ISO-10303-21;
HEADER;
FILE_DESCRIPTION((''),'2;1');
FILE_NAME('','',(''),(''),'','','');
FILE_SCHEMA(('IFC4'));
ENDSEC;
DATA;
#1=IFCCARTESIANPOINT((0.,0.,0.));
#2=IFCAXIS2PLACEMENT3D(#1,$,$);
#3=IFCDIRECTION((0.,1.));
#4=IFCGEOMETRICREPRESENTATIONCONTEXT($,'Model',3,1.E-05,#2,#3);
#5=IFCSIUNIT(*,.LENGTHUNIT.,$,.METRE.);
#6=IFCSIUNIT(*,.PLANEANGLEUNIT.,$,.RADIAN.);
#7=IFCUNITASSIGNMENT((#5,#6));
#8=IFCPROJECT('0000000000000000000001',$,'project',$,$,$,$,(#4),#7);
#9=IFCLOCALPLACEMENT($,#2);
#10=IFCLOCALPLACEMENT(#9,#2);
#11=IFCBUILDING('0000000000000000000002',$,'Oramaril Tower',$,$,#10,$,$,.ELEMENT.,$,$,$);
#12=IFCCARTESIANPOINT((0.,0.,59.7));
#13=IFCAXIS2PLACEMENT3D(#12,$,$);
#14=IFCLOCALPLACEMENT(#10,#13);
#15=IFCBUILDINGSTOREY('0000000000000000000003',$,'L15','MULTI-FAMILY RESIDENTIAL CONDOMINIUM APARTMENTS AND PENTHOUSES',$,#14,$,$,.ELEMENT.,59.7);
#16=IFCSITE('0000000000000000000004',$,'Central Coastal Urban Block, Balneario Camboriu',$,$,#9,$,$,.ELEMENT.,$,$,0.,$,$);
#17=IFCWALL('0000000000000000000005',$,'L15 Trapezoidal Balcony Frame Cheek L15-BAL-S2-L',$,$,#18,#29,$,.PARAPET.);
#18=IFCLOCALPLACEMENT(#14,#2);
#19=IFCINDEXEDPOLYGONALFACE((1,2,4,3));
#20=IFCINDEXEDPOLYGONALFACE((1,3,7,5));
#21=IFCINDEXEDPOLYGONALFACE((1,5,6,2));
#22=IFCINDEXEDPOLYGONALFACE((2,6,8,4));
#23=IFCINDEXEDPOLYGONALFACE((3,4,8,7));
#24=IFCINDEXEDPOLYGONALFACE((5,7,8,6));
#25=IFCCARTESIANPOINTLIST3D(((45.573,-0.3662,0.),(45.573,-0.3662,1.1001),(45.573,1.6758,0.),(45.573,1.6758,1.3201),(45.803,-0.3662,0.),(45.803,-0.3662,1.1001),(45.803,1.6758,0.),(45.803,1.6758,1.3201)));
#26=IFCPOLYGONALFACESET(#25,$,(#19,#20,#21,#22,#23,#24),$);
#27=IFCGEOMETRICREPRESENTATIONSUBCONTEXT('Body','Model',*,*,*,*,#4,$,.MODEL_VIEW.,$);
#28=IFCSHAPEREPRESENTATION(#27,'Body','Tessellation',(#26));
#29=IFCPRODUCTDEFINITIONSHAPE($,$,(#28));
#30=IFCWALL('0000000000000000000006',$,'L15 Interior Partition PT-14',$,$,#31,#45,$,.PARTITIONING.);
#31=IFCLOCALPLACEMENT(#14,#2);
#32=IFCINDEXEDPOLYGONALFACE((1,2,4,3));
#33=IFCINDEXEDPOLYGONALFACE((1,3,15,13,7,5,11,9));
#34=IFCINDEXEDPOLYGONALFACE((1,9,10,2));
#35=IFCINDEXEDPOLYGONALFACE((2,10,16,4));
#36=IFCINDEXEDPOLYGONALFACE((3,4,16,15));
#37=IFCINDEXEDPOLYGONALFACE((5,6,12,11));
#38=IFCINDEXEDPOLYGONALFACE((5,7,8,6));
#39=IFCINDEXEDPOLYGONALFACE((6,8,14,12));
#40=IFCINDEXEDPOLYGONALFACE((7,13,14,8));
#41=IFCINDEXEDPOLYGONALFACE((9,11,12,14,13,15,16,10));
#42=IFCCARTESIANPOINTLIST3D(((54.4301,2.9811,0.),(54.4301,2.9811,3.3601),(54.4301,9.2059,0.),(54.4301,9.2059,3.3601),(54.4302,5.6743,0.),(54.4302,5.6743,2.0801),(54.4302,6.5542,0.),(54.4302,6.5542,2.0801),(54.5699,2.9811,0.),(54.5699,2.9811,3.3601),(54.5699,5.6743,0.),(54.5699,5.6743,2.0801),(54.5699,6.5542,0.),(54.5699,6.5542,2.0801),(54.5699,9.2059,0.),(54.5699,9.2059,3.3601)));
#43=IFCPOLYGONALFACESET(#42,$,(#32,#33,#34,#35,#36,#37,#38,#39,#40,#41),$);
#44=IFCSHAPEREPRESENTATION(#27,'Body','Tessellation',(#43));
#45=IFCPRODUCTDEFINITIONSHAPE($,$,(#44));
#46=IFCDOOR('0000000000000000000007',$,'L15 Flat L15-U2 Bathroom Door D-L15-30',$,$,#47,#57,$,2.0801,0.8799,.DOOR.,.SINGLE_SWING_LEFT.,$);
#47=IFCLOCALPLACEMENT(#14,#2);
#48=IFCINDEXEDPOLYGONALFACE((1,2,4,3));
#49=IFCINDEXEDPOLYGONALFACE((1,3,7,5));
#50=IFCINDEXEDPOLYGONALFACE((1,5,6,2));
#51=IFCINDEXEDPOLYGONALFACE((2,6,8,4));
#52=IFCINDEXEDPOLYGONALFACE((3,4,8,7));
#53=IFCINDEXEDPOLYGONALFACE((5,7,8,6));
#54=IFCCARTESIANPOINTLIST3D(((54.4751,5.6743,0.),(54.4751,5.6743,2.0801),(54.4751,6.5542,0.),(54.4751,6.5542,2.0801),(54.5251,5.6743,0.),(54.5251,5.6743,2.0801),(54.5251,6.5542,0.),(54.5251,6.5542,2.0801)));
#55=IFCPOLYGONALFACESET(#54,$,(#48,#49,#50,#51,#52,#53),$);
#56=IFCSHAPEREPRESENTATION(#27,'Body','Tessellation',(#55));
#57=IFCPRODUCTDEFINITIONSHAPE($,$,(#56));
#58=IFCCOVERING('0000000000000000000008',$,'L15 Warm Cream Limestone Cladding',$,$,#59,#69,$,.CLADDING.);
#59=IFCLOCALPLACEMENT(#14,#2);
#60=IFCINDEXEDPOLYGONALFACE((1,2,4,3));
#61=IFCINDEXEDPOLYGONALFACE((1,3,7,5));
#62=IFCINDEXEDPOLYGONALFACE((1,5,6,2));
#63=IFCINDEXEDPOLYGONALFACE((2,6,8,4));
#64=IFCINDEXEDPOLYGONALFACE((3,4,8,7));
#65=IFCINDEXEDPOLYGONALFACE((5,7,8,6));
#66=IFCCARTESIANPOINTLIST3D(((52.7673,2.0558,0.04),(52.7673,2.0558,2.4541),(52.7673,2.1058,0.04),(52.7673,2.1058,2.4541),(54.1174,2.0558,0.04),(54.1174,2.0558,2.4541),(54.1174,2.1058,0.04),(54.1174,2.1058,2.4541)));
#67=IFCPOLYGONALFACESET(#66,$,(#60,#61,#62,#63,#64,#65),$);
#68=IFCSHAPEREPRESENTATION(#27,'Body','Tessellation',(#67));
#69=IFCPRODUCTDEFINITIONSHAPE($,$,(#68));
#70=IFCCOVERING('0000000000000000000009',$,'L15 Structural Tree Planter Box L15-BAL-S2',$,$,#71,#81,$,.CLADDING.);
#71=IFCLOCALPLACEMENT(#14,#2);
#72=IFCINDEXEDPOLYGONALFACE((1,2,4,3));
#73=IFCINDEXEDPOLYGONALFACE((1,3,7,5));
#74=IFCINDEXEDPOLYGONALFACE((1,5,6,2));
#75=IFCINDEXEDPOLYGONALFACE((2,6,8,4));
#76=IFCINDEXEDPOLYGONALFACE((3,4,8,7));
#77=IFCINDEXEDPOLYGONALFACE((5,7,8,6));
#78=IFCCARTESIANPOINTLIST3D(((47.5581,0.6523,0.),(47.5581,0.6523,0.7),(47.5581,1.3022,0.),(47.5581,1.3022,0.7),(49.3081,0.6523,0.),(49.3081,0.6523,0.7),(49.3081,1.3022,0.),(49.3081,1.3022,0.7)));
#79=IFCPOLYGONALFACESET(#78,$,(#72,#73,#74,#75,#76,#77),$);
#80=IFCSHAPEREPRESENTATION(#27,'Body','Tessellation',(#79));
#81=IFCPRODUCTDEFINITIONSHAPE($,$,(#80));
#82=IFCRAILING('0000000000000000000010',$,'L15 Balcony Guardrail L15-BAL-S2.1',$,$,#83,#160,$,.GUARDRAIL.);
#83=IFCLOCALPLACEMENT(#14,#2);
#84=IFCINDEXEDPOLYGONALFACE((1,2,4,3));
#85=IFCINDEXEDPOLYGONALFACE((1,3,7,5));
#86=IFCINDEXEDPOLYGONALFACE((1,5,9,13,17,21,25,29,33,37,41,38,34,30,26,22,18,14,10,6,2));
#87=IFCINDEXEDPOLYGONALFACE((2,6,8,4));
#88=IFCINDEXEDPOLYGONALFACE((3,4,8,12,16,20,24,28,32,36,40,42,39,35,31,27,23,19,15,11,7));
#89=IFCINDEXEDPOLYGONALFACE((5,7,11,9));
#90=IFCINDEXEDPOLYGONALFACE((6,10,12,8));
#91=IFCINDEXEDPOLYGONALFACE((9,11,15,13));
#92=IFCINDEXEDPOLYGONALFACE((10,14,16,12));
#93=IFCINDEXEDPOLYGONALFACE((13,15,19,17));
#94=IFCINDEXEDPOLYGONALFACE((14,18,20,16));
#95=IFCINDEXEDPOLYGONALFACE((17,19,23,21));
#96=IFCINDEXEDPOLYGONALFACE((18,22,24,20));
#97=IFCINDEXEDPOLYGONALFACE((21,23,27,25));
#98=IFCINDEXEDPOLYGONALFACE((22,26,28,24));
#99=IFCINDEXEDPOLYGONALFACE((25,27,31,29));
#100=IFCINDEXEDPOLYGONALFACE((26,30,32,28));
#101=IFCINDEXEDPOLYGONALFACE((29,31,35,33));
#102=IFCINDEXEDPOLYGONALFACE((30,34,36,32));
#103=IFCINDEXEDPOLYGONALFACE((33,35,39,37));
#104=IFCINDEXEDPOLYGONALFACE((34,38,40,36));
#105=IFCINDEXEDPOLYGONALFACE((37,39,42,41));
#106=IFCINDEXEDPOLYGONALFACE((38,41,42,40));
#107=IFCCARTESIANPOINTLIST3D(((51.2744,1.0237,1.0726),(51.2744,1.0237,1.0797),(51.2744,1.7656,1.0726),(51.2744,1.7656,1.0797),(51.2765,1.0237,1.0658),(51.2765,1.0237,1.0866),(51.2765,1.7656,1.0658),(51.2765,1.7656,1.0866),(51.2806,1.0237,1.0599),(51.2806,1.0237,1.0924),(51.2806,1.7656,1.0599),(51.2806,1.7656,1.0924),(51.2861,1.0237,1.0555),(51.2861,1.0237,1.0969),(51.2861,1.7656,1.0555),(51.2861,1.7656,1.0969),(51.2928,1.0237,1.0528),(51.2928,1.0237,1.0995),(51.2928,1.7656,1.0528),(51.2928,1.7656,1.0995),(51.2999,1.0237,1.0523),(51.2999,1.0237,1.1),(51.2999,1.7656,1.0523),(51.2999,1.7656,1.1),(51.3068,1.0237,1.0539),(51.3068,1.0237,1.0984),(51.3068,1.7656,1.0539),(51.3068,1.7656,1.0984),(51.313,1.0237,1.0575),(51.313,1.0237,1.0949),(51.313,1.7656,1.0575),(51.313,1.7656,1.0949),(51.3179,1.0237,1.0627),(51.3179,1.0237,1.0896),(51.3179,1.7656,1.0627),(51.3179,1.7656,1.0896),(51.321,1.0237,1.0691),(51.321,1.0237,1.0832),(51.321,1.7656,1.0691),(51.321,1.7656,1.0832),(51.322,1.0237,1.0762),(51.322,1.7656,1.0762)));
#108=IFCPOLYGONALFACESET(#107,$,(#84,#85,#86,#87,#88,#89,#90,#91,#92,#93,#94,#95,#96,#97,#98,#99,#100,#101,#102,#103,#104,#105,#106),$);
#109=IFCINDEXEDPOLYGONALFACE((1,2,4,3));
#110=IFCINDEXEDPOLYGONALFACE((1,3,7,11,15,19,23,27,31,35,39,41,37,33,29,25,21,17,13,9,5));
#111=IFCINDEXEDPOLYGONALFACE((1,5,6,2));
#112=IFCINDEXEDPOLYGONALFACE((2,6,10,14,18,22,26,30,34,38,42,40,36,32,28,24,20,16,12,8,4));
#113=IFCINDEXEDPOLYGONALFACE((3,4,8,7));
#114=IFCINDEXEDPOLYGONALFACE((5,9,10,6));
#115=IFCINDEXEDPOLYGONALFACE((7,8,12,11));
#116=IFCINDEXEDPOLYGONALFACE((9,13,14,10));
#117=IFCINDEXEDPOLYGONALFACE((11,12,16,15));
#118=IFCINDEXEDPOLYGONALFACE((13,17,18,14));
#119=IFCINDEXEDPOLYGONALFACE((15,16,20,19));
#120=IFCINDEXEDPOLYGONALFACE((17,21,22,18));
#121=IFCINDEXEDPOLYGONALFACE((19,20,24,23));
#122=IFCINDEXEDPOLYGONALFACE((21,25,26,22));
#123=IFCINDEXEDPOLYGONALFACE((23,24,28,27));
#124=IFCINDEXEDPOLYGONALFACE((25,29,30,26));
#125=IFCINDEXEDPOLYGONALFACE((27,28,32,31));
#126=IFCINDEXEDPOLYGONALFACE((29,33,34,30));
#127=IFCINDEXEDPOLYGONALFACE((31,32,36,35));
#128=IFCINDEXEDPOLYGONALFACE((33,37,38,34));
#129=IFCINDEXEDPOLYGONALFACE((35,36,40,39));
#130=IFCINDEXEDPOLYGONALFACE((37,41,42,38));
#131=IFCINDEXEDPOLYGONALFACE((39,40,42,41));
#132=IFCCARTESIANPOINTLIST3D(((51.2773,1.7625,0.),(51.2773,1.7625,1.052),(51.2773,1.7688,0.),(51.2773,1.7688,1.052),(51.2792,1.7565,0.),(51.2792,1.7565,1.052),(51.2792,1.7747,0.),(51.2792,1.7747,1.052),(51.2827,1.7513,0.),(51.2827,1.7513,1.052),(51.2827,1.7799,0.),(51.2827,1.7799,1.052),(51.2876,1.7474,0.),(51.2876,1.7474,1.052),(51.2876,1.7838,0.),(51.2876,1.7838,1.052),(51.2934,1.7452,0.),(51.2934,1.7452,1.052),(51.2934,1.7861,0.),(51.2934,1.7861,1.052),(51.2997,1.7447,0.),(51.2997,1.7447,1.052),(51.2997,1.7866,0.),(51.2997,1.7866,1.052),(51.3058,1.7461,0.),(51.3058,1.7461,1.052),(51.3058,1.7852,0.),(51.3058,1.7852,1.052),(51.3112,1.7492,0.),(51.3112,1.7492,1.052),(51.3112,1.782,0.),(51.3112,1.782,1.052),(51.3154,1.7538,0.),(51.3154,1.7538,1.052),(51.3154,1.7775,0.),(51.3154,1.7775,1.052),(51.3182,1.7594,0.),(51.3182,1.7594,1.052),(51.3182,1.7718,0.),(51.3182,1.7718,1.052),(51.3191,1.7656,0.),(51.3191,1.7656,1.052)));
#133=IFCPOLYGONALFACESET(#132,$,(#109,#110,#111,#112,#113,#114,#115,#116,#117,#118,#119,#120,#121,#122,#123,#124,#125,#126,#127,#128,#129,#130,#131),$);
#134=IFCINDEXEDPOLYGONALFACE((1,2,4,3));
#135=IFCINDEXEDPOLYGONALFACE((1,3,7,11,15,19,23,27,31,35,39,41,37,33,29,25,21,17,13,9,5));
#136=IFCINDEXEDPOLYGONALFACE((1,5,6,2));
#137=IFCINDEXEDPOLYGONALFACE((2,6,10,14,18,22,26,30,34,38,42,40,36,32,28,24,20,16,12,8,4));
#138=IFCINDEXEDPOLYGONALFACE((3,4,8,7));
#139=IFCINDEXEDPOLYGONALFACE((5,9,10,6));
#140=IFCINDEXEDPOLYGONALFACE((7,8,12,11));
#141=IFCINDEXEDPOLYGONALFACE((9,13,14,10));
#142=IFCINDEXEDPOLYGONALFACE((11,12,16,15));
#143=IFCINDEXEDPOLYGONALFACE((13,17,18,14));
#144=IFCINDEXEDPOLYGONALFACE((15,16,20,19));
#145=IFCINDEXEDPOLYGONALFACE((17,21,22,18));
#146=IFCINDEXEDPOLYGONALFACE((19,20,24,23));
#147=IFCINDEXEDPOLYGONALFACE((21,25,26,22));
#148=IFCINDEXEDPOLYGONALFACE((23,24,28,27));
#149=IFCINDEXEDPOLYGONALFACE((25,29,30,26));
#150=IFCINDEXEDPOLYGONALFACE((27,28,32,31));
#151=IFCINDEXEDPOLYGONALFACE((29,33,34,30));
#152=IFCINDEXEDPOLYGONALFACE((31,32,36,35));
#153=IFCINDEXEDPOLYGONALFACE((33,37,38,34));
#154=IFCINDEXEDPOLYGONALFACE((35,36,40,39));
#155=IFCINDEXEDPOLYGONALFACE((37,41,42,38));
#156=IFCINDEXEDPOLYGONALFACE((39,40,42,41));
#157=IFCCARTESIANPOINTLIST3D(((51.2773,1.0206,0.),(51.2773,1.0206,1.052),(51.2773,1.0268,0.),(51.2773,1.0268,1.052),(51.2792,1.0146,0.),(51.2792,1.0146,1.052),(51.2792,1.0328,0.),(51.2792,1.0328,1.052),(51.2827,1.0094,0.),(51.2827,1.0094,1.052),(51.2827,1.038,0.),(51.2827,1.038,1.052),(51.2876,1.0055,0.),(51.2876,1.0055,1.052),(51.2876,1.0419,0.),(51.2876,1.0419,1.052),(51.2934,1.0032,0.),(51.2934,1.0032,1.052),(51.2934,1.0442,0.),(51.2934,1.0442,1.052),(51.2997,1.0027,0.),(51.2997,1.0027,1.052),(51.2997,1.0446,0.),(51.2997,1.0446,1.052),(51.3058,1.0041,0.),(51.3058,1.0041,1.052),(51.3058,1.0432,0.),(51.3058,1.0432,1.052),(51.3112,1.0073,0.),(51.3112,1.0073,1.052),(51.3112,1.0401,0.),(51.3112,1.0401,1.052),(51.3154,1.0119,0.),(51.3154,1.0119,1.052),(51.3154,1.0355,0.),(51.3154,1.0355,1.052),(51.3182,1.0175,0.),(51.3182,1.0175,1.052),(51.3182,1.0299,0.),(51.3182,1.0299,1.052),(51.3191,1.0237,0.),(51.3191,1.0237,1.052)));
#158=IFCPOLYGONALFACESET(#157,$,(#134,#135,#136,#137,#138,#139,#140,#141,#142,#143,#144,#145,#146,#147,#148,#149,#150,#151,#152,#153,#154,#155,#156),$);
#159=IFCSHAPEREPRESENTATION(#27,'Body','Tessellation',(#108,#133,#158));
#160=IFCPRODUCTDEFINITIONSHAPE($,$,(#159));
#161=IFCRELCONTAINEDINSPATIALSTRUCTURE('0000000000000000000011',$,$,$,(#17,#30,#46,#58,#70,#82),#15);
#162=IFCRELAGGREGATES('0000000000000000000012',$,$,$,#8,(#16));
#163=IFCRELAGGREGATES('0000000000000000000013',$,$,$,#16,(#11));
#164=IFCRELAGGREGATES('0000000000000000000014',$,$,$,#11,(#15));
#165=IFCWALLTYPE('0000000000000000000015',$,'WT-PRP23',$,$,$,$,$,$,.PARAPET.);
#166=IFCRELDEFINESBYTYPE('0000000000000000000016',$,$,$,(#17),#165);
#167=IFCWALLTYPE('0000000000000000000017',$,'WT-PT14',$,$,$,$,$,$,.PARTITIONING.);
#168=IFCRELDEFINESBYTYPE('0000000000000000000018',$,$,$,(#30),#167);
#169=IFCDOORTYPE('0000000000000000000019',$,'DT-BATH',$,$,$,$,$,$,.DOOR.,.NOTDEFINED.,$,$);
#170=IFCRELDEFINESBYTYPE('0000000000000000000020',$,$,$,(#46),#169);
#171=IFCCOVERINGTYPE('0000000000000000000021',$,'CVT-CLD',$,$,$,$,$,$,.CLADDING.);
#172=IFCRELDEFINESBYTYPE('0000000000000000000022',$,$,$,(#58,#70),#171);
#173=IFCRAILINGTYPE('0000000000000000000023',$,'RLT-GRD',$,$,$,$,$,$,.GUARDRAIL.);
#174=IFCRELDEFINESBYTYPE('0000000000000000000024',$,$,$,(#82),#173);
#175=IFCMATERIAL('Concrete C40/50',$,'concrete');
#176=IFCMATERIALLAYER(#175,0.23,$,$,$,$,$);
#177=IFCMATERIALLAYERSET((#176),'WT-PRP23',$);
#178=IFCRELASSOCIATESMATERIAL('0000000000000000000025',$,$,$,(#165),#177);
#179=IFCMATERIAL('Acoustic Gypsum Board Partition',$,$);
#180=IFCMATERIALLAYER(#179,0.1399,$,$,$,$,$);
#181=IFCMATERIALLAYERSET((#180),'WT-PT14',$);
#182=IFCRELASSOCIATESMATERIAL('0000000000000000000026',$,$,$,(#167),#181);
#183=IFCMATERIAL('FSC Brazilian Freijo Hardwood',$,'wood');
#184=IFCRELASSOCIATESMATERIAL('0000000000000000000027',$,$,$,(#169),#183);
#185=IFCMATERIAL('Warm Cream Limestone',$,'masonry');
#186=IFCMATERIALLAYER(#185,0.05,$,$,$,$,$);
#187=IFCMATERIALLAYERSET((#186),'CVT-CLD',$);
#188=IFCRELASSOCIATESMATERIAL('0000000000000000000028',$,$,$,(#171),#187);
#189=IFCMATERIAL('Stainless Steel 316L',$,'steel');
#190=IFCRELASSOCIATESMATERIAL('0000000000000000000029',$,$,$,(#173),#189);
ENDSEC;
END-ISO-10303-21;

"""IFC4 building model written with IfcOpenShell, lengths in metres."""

from ifc_helpers import new_model, si_unit, direction, frame, frame_2d, origin, origin_2d, place, context, subcontext, project, spatial, polyline, rectangle, circle, outline, extrude, material, layer, layer_set, type_object, element, fill, save


model = new_model("IFC4")

# Units and contexts
model_context = context("Model", 3, precision=1e-05, world=origin(), true_north=direction((0.0, 1.0)))
body_context = subcontext(model_context, "Body", "Model", "MODEL_VIEW")
ifc_project = project(units=[si_unit("LENGTHUNIT", "METRE"), si_unit("PLANEANGLEUNIT", "RADIAN")], contexts=[model_context])

# Site, building, storey
site_placement = place(None, origin())
site = spatial("IfcSite", under=ifc_project, at=site_placement, Name="Central Coastal Urban Block, Balneario Camboriu", CompositionType="ELEMENT", RefElevation=0.0)
building_placement = place(site_placement, origin())
building = spatial("IfcBuilding", under=site, at=building_placement, Name="Oramaril Tower", CompositionType="ELEMENT")
storey_placement = place(building_placement, frame((0.0, 0.0, 59.7)))
storey = spatial("IfcBuildingStorey", under=building, at=storey_placement, Name="L15", Description="MULTI-FAMILY RESIDENTIAL CONDOMINIUM APARTMENTS AND PENTHOUSES", CompositionType="ELEMENT", Elevation=59.7)

# Wall
ifc_material_1 = material(Name="Concrete C40/50", Category="concrete")
ifc_layer_1 = layer(ifc_material_1, 0.23)
ifc_layer_set_1 = layer_set([ifc_layer_1], Name="WT-PRP23")
wall_type_1 = type_object("IfcWallType", Name="WT-PRP23", PredefinedType="PARAPET", material=ifc_layer_set_1)
wall_1_placement = place(storey_placement, frame((45.688, 1.6758, 0.0), z_axis=(0.0, 0.0, 1.0), x_axis=(0.0, -1.0, 0.0)))
element("IfcWall", 1, at=wall_1_placement, inside=storey, type_object=wall_type_1, Name="L15 Trapezoidal Balcony Frame Cheek L15-BAL-S2-L", PredefinedType="PARAPET", context=body_context, shape_type="SweptSolid", body=[
    extrude(outline(polyline([(0.0, 0.0), (2.042, 0.0), (2.042, 1.1001), (0.0, 1.3201), (0.0, 0.0)])), frame((0.0, 0.115, 0.0), z_axis=(0.0, -1.0, 0.0), x_axis=(1.0, 0.0, 0.0)), (0.0, 0.0, 1.0), 0.23),
])

# Wall, opening, door
ifc_material_2 = material(Name="Acoustic Gypsum Board Partition")
ifc_layer_2 = layer(ifc_material_2, 0.1399)
ifc_layer_set_2 = layer_set([ifc_layer_2], Name="WT-PT14")
wall_type_2 = type_object("IfcWallType", Name="WT-PT14", PredefinedType="PARTITIONING", material=ifc_layer_set_2)
wall_2_placement = place(storey_placement, frame((54.5, 2.9812, 0.0), z_axis=(0.0, 0.0, 1.0), x_axis=(0.0, 1.0, 0.0)))
wall_2 = element("IfcWall", 2, at=wall_2_placement, inside=storey, type_object=wall_type_2, Name="L15 Interior Partition PT-14", PredefinedType="PARTITIONING", context=body_context, shape_type="SweptSolid", body=[
    extrude(rectangle(XDim=6.2249, YDim=0.1399, at=frame_2d((3.1123, 0.0))), origin(), (0.0, 0.0, 1.0), 3.3601),
])
opening_1_placement = place(wall_2_placement, frame((2.6931, 0.0, 0.0)))
opening_1 = element("IfcOpeningElement", 3, at=opening_1_placement, cuts=wall_2, PredefinedType="OPENING", context=body_context, shape_type="SweptSolid", body=[
    extrude(rectangle(XDim=0.8799, YDim=2.0801, at=frame_2d((0.4399, 1.04))), frame((0.0, 0.0698, 0.0), z_axis=(0.0, -1.0, 0.0), x_axis=(1.0, 0.0, 0.0)), (0.0, 0.0, 1.0), 0.1399),
])
ifc_material_3 = material(Name="FSC Brazilian Freijo Hardwood", Category="wood")
door_type = type_object("IfcDoorType", Name="DT-BATH", OperationType="NOTDEFINED", PredefinedType="DOOR", material=ifc_material_3)
door_placement = place(opening_1_placement, origin())
door = element("IfcDoor", 4, at=door_placement, inside=storey, type_object=door_type, Name="L15 Flat L15-U2 Bathroom Door D-L15-30", OperationType="SINGLE_SWING_LEFT", OverallHeight=2.0801, OverallWidth=0.8799, PredefinedType="DOOR", context=body_context, shape_type="SweptSolid", body=[
    extrude(rectangle(XDim=0.8799, YDim=2.0801, at=frame_2d((0.4399, 1.04))), frame((0.0, 0.0249, 0.0), z_axis=(0.0, -1.0, 0.0), x_axis=(1.0, 0.0, 0.0)), (0.0, 0.0, 1.0), 0.05),
])
fill(opening_1, door)

# Coverings
ifc_material_4 = material(Name="Warm Cream Limestone", Category="masonry")
ifc_layer_3 = layer(ifc_material_4, 0.05)
ifc_layer_set_3 = layer_set([ifc_layer_3], Name="CVT-CLD")
covering_type = type_object("IfcCoveringType", Name="CVT-CLD", PredefinedType="CLADDING", material=ifc_layer_set_3)
covering_1_placement = place(storey_placement, frame((53.4424, 2.0808, 0.04), z_axis=(0.0, 0.0, 1.0), x_axis=(1.0, 0.0, 0.0)))
element("IfcCovering", 5, at=covering_1_placement, inside=storey, type_object=covering_type, Name="L15 Warm Cream Limestone Cladding", PredefinedType="CLADDING", context=body_context, shape_type="SweptSolid", body=[
    extrude(rectangle(XDim=1.3501, YDim=0.05, at=origin_2d()), origin(), (0.0, 0.0, 1.0), 2.4141),
])
covering_2_placement = place(storey_placement, frame((48.4331, 0.9773, 0.0), z_axis=(0.0, 0.0, 1.0), x_axis=(1.0, 0.0, 0.0)))
element("IfcCovering", 6, at=covering_2_placement, inside=storey, type_object=covering_type, Name="L15 Structural Tree Planter Box L15-BAL-S2", PredefinedType="CLADDING", context=body_context, shape_type="SweptSolid", body=[
    extrude(rectangle(XDim=1.75, YDim=0.6499, at=origin_2d()), origin(), (0.0, 0.0, 1.0), 0.7),
])

# Railing
ifc_material_5 = material(Name="Stainless Steel 316L", Category="steel")
railing_type = type_object("IfcRailingType", Name="RLT-GRD", PredefinedType="GUARDRAIL", material=ifc_material_5)
railing_1_placement = place(storey_placement, frame((51.2981, 1.7656, 0.0)))
element("IfcRailing", 7, at=railing_1_placement, inside=storey, type_object=railing_type, Name="L15 Balcony Guardrail L15-BAL-S2.1", PredefinedType="GUARDRAIL", context=body_context, shape_type="SweptSolid", body=[
    extrude(circle(Radius=0.0239, at=origin_2d()), frame((0.0, 0.0, 1.0762), z_axis=(0.0, -1.0, 0.0), x_axis=(1.0, 0.0, 0.0)), (0.0, 0.0, 1.0), 0.7419),
    extrude(circle(Radius=0.021, at=origin_2d()), origin(), (0.0, 0.0, 1.0), 1.052),
    extrude(circle(Radius=0.021, at=origin_2d()), frame((0.0, -0.7419, 0.0)), (0.0, 0.0, 1.0), 1.052),
])

save(model, "model.ifc")
